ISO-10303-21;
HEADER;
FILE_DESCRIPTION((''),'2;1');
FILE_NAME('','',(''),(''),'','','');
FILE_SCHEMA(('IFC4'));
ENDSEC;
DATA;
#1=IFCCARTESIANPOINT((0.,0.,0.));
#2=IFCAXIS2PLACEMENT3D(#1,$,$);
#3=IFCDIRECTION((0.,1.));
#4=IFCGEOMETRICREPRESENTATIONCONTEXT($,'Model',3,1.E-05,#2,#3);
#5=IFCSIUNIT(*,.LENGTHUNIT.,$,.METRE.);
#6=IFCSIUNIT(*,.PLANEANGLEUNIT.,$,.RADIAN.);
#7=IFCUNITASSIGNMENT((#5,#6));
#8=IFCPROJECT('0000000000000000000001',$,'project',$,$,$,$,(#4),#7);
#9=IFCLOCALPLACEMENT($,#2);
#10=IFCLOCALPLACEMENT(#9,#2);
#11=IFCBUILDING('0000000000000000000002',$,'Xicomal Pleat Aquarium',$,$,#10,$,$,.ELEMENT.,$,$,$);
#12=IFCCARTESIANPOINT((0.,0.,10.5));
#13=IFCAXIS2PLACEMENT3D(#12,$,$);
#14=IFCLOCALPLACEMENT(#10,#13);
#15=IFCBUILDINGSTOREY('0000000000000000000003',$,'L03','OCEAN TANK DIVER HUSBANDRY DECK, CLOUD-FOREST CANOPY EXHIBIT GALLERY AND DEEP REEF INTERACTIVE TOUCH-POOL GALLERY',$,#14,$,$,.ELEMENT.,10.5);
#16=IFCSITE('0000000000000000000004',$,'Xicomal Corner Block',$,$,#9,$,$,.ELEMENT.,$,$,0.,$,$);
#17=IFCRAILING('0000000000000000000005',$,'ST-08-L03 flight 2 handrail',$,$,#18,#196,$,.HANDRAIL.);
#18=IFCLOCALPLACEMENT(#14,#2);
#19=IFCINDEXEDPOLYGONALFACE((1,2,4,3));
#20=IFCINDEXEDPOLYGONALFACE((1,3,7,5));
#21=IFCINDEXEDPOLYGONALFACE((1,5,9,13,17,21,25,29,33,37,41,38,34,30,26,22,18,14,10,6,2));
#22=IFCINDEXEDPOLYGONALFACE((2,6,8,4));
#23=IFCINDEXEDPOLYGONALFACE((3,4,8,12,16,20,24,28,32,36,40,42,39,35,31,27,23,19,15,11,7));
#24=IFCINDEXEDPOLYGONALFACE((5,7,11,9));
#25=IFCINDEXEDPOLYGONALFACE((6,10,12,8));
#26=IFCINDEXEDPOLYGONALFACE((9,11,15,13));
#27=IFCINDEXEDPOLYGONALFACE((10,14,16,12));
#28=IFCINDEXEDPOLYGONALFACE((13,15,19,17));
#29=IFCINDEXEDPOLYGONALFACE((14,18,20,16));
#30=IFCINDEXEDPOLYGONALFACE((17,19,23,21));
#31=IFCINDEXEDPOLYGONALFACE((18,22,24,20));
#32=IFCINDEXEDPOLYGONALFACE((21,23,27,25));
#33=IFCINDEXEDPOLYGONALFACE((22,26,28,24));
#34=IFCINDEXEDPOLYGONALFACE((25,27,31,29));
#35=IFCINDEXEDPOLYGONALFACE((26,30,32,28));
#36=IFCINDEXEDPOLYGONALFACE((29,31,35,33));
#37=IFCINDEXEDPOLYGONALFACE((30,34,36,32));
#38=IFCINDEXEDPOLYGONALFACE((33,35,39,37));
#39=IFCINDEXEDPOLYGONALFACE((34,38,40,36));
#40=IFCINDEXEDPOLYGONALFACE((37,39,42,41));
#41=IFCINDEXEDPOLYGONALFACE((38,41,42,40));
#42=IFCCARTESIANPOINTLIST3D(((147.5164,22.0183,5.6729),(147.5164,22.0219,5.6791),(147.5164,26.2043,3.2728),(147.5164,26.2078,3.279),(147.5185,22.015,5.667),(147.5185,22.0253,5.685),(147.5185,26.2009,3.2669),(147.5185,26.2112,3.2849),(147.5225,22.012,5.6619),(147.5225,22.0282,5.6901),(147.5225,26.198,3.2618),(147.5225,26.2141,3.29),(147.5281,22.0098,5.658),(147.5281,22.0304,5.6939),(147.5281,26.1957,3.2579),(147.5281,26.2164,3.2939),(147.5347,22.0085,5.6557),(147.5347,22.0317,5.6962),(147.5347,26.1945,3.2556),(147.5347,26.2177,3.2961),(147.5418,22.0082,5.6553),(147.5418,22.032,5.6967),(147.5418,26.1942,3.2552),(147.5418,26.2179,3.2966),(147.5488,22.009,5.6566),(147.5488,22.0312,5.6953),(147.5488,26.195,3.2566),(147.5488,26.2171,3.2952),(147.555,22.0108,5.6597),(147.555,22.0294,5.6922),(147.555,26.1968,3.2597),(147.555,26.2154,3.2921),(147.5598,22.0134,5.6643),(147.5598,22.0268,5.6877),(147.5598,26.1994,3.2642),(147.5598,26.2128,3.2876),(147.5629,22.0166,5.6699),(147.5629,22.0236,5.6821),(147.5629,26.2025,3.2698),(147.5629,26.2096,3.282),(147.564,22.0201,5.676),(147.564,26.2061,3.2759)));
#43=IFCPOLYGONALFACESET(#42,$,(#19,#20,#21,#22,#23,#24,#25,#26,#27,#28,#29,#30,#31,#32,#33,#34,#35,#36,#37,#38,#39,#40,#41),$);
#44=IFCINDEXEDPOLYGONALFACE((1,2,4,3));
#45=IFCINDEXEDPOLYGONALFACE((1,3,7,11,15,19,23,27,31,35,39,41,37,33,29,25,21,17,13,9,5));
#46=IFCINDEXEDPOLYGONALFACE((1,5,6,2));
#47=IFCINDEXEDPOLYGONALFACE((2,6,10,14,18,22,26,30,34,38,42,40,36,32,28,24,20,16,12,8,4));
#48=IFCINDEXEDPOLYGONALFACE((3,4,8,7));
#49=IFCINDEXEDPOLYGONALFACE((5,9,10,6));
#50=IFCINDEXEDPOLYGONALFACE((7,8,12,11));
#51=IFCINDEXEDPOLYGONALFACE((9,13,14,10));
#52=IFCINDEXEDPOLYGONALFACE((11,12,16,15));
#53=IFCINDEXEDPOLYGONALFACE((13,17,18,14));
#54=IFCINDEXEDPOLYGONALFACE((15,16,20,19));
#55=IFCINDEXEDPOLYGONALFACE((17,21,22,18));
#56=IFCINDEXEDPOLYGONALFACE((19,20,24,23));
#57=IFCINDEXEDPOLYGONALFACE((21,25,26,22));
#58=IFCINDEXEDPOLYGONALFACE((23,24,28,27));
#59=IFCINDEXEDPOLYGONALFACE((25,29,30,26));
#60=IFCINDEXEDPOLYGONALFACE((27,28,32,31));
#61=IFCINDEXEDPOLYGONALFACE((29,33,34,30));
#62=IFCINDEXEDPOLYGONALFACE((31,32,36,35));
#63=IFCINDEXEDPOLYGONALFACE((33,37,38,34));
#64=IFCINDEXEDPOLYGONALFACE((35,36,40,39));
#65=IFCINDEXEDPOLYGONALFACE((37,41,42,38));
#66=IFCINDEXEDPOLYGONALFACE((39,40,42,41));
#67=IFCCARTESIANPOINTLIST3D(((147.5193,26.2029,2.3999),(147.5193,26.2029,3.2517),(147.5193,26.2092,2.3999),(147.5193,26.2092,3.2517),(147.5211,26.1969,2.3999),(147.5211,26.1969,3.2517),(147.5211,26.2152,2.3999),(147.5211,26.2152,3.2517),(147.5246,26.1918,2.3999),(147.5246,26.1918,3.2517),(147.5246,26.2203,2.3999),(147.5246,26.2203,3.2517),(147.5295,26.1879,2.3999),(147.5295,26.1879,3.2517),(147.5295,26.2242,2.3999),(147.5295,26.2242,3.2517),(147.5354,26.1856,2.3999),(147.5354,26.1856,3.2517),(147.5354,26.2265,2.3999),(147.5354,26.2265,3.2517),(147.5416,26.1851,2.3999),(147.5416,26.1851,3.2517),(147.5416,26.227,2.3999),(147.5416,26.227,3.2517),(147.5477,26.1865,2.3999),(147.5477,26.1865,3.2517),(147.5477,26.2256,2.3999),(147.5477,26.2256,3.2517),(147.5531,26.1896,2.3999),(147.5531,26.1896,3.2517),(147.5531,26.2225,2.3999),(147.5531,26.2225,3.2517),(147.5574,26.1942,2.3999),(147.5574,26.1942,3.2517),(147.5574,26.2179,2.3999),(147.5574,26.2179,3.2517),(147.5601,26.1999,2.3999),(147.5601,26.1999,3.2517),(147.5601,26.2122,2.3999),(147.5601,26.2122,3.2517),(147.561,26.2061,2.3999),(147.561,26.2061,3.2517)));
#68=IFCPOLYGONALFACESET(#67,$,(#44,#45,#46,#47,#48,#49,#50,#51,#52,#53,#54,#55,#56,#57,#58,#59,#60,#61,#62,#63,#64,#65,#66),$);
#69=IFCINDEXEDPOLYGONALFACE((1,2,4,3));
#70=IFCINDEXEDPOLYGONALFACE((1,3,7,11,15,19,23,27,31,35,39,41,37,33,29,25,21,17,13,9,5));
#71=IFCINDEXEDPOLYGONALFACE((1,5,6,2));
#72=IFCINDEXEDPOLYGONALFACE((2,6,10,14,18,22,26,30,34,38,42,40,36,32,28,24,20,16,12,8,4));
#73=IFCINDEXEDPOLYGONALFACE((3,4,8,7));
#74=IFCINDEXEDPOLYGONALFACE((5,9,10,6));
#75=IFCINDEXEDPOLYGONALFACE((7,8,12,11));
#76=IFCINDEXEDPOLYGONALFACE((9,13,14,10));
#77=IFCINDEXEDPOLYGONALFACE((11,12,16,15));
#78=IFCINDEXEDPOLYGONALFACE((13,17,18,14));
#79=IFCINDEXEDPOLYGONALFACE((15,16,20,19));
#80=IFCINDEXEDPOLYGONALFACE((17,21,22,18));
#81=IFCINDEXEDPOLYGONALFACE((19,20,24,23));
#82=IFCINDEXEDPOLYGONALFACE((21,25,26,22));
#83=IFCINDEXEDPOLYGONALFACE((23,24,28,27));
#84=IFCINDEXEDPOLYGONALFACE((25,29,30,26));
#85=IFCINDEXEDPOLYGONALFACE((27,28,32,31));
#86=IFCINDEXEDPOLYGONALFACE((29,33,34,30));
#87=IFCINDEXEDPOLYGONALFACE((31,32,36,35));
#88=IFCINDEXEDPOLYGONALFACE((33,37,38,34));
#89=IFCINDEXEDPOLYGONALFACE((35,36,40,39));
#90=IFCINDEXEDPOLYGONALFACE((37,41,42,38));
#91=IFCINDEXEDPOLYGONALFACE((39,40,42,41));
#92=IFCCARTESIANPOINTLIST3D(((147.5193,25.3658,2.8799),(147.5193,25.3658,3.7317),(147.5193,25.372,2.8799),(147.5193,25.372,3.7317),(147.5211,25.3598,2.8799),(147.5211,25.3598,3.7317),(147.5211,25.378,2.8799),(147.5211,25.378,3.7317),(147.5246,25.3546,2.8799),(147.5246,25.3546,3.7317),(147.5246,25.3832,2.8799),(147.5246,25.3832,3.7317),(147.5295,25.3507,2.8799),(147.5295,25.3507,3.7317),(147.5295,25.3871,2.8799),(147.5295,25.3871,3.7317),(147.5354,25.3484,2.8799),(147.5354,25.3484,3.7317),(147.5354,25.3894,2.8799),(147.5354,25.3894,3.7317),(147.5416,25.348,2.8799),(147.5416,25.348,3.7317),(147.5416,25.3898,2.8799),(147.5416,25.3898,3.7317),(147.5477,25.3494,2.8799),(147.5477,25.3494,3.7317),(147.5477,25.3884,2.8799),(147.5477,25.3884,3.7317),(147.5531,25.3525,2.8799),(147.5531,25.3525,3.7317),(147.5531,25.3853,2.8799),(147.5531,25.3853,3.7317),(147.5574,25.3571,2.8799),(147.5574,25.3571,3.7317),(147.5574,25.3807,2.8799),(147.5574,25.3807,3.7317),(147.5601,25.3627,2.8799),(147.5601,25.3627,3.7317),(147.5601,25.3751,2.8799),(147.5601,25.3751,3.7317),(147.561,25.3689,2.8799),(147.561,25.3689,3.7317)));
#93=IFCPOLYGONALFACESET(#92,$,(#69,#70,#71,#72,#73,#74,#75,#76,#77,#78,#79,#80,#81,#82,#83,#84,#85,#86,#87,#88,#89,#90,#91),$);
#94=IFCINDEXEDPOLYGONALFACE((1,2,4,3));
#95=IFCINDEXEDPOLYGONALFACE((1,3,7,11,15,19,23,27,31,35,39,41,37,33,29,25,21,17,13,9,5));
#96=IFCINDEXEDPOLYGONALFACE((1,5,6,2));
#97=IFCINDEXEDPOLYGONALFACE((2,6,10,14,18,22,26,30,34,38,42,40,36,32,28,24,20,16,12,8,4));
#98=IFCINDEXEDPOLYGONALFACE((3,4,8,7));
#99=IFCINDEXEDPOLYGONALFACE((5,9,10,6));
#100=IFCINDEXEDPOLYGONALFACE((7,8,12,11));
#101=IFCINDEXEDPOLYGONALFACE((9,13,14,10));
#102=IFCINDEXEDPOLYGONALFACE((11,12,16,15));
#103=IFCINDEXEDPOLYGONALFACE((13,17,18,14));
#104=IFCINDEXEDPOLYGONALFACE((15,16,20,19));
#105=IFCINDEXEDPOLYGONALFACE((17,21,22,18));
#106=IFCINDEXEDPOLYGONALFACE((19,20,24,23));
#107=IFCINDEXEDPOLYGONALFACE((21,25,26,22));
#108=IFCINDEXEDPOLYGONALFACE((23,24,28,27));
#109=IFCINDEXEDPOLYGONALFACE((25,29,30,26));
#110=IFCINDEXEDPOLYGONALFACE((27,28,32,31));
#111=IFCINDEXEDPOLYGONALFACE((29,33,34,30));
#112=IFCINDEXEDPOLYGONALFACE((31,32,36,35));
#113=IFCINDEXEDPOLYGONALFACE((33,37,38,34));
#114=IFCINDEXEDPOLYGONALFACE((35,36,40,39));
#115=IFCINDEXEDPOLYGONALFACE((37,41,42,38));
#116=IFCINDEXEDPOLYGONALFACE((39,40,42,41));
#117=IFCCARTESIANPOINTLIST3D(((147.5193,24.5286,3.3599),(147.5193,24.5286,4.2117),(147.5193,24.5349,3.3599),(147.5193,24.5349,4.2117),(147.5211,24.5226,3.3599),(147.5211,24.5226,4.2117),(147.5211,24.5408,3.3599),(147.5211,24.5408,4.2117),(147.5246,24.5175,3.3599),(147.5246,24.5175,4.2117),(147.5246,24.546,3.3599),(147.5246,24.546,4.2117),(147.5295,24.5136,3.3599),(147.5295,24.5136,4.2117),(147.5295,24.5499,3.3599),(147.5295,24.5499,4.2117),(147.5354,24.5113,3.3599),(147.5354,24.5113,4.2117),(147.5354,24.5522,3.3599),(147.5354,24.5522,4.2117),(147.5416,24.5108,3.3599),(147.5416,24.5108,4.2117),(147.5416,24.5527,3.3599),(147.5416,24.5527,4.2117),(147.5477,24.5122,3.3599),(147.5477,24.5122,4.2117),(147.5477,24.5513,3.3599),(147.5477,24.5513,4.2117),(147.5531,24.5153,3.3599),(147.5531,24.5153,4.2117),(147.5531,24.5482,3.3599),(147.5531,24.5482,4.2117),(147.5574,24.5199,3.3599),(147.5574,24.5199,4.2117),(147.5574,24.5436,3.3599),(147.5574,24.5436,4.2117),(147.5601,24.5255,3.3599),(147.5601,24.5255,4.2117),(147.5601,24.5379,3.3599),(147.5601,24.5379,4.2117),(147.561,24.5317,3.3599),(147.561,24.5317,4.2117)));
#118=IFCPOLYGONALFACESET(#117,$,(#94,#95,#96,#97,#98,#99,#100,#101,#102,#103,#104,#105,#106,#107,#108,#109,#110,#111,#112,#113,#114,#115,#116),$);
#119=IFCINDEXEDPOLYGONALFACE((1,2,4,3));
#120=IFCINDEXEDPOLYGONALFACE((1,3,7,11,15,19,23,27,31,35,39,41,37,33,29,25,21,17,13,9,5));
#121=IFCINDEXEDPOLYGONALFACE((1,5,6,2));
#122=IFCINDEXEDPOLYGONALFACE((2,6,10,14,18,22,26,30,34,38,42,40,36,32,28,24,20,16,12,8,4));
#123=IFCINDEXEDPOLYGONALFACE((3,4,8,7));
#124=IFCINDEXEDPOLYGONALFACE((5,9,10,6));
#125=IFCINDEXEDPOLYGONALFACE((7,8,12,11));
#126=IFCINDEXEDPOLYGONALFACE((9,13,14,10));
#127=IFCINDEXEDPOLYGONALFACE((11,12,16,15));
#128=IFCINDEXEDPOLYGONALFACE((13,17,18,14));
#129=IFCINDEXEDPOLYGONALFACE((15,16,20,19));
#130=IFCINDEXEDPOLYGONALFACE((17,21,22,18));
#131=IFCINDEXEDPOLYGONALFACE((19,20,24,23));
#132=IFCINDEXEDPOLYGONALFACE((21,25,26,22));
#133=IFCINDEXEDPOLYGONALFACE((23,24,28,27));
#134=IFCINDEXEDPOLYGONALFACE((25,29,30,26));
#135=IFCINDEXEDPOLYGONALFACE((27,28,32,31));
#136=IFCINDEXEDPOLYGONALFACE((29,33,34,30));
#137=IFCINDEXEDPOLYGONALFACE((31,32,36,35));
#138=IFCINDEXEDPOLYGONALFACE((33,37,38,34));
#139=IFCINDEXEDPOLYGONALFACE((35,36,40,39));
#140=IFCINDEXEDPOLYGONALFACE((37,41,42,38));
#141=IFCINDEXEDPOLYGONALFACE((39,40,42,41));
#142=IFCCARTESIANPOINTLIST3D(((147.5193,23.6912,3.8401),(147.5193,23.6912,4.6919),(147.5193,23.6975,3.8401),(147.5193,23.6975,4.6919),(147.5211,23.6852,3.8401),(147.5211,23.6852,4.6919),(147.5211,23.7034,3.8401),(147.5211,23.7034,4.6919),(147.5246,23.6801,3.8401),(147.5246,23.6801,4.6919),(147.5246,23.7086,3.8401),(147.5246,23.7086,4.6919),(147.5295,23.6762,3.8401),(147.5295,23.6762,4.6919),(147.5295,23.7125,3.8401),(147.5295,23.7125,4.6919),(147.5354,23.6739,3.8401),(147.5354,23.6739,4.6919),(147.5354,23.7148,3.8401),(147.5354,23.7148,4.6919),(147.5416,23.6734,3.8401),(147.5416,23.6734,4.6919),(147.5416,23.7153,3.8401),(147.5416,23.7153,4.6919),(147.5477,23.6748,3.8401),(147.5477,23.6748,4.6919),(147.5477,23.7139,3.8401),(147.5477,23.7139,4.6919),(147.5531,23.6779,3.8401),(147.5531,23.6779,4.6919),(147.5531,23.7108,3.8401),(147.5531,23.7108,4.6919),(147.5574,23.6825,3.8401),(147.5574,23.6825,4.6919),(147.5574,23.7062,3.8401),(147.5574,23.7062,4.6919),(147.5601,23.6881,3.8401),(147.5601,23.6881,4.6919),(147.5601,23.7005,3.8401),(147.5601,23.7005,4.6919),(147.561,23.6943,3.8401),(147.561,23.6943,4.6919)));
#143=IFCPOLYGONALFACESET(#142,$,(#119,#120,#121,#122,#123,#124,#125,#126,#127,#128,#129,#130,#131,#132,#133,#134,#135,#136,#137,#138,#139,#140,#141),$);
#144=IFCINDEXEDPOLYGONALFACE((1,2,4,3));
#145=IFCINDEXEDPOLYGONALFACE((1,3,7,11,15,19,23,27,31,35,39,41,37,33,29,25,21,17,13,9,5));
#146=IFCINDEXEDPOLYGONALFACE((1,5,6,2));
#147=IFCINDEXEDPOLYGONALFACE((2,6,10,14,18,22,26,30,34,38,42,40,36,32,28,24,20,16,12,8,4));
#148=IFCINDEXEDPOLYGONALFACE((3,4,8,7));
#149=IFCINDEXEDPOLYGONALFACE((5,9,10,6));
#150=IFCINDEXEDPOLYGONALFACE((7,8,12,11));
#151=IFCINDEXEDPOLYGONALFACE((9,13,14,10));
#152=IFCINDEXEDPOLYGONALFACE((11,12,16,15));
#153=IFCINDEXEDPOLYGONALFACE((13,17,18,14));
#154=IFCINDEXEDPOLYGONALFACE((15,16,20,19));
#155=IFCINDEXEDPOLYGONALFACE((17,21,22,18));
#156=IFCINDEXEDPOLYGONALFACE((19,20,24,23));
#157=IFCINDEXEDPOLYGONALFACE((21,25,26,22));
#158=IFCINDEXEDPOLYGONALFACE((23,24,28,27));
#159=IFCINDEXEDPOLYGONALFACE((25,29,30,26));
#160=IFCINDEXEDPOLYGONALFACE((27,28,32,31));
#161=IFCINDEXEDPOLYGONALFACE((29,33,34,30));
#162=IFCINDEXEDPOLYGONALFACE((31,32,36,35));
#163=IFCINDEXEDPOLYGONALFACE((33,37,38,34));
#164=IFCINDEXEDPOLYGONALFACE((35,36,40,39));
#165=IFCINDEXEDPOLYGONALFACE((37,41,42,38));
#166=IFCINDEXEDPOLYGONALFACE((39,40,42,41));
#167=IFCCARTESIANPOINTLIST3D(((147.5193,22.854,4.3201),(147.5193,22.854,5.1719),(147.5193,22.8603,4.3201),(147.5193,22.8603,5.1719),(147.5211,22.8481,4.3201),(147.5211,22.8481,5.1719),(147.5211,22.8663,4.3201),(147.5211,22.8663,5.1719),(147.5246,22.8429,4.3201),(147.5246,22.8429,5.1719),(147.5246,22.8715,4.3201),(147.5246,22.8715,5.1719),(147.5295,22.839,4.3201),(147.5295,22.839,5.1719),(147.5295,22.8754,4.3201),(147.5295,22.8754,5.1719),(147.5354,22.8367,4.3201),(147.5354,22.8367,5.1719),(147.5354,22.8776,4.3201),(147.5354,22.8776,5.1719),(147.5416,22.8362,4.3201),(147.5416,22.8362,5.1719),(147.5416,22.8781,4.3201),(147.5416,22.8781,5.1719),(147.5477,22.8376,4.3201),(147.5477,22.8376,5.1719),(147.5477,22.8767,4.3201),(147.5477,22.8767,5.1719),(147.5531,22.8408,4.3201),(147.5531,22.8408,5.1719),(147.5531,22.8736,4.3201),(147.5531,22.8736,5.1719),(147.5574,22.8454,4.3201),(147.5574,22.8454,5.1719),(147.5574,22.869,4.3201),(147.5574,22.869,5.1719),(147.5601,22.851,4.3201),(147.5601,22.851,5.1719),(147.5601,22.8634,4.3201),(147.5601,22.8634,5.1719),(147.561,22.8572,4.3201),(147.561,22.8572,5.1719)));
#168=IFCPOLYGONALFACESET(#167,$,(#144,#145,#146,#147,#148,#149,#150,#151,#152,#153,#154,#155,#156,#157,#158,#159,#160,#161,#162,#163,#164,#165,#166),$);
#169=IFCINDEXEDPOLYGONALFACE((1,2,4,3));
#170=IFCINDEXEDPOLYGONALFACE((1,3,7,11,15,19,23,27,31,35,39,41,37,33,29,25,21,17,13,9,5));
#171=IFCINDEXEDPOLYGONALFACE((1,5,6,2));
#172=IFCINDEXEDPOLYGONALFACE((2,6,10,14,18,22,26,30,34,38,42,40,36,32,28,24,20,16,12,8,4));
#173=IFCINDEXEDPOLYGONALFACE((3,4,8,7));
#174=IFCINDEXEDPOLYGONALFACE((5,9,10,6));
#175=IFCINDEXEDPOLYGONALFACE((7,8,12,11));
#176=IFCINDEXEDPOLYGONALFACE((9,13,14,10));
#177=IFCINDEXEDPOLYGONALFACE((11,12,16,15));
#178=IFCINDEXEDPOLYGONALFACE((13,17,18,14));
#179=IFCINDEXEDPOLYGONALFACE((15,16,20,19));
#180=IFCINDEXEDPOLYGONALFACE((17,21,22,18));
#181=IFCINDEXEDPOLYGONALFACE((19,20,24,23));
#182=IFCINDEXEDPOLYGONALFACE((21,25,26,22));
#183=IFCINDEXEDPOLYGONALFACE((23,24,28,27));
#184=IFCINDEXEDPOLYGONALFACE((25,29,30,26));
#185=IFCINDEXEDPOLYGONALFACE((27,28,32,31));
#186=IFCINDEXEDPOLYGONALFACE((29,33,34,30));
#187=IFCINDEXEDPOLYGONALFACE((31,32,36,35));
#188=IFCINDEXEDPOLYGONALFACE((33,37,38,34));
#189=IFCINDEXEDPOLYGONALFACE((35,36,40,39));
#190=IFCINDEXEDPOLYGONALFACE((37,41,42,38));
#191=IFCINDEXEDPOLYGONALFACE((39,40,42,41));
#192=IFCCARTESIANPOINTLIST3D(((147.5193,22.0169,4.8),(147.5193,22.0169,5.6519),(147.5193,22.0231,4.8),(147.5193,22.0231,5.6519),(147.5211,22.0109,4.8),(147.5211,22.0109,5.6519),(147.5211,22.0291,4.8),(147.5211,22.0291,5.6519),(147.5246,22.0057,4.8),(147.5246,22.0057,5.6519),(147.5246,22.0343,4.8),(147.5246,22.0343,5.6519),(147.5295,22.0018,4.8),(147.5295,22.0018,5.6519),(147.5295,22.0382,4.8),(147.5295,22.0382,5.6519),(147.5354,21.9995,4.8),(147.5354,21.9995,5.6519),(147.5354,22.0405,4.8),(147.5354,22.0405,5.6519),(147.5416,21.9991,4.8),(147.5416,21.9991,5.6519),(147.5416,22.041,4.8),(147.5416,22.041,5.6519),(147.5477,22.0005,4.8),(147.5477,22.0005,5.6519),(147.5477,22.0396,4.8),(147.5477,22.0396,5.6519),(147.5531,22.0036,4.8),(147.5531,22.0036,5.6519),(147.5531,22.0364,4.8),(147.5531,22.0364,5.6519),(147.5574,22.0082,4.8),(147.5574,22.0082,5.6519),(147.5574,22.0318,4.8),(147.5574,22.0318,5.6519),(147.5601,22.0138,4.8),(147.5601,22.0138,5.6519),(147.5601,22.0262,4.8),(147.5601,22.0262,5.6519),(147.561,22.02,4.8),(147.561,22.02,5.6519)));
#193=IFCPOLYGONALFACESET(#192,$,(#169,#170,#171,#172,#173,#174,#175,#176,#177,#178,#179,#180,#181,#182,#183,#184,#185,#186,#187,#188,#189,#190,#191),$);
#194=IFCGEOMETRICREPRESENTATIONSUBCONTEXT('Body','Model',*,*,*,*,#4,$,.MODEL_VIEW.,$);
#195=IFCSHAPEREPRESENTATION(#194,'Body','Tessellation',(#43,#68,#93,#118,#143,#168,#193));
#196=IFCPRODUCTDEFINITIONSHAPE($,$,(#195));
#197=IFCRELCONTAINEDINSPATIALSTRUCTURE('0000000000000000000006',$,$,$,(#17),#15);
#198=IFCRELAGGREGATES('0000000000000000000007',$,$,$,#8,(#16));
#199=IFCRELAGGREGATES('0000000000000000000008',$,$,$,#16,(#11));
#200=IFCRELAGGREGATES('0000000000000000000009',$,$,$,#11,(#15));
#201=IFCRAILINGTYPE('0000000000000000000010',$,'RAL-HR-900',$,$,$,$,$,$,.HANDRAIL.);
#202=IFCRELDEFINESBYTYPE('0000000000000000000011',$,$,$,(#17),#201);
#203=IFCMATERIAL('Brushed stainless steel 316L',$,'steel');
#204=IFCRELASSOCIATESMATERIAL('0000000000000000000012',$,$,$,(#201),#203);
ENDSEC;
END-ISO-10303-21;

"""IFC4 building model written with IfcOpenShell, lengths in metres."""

from ifc_helpers import new_model, si_unit, direction, frame, origin, origin_2d, place, context, subcontext, project, spatial, circle, extrude, material, type_object, element, save


model = new_model("IFC4")

# Units and contexts
model_context = context("Model", 3, precision=1e-05, world=origin(), true_north=direction((0.0, 1.0)))
body_context = subcontext(model_context, "Body", "Model", "MODEL_VIEW")
ifc_project = project(units=[si_unit("LENGTHUNIT", "METRE"), si_unit("PLANEANGLEUNIT", "RADIAN")], contexts=[model_context])

# Site, building, storey
site_placement = place(None, origin())
site = spatial("IfcSite", under=ifc_project, at=site_placement, Name="Xicomal Corner Block", CompositionType="ELEMENT", RefElevation=0.0)
building_placement = place(site_placement, origin())
building = spatial("IfcBuilding", under=site, at=building_placement, Name="Xicomal Pleat Aquarium", CompositionType="ELEMENT")
storey_placement = place(building_placement, frame((0.0, 0.0, 10.5)))
storey = spatial("IfcBuildingStorey", under=building, at=storey_placement, Name="L03", Description="OCEAN TANK DIVER HUSBANDRY DECK, CLOUD-FOREST CANOPY EXHIBIT GALLERY AND DEEP REEF INTERACTIVE TOUCH-POOL GALLERY", CompositionType="ELEMENT", Elevation=10.5)

# Railing
ifc_material_1 = material(Name="Brushed stainless steel 316L", Category="steel")
railing_type = type_object("IfcRailingType", Name="RAL-HR-900", PredefinedType="HANDRAIL", material=ifc_material_1)
railing_placement = place(storey_placement, frame((147.54, 26.2061, 2.3999)))
element("IfcRailing", 1, at=railing_placement, inside=storey, type_object=railing_type, Name="ST-08-L03 flight 2 handrail", PredefinedType="HANDRAIL", context=body_context, shape_type="SweptSolid", body=[
    extrude(circle(Radius=0.0239, at=origin_2d()), frame((0.0, 0.0, 0.876), z_axis=(0.0, -0.867517, 0.497408), x_axis=(1.0, 0.0, 0.0)), (0.0, 0.0, 1.0), 4.8252),
    extrude(circle(Radius=0.021, at=origin_2d()), origin(), (0.0, 0.0, 1.0), 0.8518),
    extrude(circle(Radius=0.021, at=origin_2d()), frame((0.0, -0.8372, 0.48)), (0.0, 0.0, 1.0), 0.8518),
    extrude(circle(Radius=0.021, at=origin_2d()), frame((0.0, -1.6743, 0.96)), (0.0, 0.0, 1.0), 0.8518),
    extrude(circle(Radius=0.021, at=origin_2d()), frame((0.0, -2.5117, 1.4402)), (0.0, 0.0, 1.0), 0.8518),
    extrude(circle(Radius=0.021, at=origin_2d()), frame((0.0, -3.3489, 1.9202)), (0.0, 0.0, 1.0), 0.8518),
    extrude(circle(Radius=0.021, at=origin_2d()), frame((0.0, -4.186, 2.4001)), (0.0, 0.0, 1.0), 0.8518),
])

save(model, "model.ifc")
